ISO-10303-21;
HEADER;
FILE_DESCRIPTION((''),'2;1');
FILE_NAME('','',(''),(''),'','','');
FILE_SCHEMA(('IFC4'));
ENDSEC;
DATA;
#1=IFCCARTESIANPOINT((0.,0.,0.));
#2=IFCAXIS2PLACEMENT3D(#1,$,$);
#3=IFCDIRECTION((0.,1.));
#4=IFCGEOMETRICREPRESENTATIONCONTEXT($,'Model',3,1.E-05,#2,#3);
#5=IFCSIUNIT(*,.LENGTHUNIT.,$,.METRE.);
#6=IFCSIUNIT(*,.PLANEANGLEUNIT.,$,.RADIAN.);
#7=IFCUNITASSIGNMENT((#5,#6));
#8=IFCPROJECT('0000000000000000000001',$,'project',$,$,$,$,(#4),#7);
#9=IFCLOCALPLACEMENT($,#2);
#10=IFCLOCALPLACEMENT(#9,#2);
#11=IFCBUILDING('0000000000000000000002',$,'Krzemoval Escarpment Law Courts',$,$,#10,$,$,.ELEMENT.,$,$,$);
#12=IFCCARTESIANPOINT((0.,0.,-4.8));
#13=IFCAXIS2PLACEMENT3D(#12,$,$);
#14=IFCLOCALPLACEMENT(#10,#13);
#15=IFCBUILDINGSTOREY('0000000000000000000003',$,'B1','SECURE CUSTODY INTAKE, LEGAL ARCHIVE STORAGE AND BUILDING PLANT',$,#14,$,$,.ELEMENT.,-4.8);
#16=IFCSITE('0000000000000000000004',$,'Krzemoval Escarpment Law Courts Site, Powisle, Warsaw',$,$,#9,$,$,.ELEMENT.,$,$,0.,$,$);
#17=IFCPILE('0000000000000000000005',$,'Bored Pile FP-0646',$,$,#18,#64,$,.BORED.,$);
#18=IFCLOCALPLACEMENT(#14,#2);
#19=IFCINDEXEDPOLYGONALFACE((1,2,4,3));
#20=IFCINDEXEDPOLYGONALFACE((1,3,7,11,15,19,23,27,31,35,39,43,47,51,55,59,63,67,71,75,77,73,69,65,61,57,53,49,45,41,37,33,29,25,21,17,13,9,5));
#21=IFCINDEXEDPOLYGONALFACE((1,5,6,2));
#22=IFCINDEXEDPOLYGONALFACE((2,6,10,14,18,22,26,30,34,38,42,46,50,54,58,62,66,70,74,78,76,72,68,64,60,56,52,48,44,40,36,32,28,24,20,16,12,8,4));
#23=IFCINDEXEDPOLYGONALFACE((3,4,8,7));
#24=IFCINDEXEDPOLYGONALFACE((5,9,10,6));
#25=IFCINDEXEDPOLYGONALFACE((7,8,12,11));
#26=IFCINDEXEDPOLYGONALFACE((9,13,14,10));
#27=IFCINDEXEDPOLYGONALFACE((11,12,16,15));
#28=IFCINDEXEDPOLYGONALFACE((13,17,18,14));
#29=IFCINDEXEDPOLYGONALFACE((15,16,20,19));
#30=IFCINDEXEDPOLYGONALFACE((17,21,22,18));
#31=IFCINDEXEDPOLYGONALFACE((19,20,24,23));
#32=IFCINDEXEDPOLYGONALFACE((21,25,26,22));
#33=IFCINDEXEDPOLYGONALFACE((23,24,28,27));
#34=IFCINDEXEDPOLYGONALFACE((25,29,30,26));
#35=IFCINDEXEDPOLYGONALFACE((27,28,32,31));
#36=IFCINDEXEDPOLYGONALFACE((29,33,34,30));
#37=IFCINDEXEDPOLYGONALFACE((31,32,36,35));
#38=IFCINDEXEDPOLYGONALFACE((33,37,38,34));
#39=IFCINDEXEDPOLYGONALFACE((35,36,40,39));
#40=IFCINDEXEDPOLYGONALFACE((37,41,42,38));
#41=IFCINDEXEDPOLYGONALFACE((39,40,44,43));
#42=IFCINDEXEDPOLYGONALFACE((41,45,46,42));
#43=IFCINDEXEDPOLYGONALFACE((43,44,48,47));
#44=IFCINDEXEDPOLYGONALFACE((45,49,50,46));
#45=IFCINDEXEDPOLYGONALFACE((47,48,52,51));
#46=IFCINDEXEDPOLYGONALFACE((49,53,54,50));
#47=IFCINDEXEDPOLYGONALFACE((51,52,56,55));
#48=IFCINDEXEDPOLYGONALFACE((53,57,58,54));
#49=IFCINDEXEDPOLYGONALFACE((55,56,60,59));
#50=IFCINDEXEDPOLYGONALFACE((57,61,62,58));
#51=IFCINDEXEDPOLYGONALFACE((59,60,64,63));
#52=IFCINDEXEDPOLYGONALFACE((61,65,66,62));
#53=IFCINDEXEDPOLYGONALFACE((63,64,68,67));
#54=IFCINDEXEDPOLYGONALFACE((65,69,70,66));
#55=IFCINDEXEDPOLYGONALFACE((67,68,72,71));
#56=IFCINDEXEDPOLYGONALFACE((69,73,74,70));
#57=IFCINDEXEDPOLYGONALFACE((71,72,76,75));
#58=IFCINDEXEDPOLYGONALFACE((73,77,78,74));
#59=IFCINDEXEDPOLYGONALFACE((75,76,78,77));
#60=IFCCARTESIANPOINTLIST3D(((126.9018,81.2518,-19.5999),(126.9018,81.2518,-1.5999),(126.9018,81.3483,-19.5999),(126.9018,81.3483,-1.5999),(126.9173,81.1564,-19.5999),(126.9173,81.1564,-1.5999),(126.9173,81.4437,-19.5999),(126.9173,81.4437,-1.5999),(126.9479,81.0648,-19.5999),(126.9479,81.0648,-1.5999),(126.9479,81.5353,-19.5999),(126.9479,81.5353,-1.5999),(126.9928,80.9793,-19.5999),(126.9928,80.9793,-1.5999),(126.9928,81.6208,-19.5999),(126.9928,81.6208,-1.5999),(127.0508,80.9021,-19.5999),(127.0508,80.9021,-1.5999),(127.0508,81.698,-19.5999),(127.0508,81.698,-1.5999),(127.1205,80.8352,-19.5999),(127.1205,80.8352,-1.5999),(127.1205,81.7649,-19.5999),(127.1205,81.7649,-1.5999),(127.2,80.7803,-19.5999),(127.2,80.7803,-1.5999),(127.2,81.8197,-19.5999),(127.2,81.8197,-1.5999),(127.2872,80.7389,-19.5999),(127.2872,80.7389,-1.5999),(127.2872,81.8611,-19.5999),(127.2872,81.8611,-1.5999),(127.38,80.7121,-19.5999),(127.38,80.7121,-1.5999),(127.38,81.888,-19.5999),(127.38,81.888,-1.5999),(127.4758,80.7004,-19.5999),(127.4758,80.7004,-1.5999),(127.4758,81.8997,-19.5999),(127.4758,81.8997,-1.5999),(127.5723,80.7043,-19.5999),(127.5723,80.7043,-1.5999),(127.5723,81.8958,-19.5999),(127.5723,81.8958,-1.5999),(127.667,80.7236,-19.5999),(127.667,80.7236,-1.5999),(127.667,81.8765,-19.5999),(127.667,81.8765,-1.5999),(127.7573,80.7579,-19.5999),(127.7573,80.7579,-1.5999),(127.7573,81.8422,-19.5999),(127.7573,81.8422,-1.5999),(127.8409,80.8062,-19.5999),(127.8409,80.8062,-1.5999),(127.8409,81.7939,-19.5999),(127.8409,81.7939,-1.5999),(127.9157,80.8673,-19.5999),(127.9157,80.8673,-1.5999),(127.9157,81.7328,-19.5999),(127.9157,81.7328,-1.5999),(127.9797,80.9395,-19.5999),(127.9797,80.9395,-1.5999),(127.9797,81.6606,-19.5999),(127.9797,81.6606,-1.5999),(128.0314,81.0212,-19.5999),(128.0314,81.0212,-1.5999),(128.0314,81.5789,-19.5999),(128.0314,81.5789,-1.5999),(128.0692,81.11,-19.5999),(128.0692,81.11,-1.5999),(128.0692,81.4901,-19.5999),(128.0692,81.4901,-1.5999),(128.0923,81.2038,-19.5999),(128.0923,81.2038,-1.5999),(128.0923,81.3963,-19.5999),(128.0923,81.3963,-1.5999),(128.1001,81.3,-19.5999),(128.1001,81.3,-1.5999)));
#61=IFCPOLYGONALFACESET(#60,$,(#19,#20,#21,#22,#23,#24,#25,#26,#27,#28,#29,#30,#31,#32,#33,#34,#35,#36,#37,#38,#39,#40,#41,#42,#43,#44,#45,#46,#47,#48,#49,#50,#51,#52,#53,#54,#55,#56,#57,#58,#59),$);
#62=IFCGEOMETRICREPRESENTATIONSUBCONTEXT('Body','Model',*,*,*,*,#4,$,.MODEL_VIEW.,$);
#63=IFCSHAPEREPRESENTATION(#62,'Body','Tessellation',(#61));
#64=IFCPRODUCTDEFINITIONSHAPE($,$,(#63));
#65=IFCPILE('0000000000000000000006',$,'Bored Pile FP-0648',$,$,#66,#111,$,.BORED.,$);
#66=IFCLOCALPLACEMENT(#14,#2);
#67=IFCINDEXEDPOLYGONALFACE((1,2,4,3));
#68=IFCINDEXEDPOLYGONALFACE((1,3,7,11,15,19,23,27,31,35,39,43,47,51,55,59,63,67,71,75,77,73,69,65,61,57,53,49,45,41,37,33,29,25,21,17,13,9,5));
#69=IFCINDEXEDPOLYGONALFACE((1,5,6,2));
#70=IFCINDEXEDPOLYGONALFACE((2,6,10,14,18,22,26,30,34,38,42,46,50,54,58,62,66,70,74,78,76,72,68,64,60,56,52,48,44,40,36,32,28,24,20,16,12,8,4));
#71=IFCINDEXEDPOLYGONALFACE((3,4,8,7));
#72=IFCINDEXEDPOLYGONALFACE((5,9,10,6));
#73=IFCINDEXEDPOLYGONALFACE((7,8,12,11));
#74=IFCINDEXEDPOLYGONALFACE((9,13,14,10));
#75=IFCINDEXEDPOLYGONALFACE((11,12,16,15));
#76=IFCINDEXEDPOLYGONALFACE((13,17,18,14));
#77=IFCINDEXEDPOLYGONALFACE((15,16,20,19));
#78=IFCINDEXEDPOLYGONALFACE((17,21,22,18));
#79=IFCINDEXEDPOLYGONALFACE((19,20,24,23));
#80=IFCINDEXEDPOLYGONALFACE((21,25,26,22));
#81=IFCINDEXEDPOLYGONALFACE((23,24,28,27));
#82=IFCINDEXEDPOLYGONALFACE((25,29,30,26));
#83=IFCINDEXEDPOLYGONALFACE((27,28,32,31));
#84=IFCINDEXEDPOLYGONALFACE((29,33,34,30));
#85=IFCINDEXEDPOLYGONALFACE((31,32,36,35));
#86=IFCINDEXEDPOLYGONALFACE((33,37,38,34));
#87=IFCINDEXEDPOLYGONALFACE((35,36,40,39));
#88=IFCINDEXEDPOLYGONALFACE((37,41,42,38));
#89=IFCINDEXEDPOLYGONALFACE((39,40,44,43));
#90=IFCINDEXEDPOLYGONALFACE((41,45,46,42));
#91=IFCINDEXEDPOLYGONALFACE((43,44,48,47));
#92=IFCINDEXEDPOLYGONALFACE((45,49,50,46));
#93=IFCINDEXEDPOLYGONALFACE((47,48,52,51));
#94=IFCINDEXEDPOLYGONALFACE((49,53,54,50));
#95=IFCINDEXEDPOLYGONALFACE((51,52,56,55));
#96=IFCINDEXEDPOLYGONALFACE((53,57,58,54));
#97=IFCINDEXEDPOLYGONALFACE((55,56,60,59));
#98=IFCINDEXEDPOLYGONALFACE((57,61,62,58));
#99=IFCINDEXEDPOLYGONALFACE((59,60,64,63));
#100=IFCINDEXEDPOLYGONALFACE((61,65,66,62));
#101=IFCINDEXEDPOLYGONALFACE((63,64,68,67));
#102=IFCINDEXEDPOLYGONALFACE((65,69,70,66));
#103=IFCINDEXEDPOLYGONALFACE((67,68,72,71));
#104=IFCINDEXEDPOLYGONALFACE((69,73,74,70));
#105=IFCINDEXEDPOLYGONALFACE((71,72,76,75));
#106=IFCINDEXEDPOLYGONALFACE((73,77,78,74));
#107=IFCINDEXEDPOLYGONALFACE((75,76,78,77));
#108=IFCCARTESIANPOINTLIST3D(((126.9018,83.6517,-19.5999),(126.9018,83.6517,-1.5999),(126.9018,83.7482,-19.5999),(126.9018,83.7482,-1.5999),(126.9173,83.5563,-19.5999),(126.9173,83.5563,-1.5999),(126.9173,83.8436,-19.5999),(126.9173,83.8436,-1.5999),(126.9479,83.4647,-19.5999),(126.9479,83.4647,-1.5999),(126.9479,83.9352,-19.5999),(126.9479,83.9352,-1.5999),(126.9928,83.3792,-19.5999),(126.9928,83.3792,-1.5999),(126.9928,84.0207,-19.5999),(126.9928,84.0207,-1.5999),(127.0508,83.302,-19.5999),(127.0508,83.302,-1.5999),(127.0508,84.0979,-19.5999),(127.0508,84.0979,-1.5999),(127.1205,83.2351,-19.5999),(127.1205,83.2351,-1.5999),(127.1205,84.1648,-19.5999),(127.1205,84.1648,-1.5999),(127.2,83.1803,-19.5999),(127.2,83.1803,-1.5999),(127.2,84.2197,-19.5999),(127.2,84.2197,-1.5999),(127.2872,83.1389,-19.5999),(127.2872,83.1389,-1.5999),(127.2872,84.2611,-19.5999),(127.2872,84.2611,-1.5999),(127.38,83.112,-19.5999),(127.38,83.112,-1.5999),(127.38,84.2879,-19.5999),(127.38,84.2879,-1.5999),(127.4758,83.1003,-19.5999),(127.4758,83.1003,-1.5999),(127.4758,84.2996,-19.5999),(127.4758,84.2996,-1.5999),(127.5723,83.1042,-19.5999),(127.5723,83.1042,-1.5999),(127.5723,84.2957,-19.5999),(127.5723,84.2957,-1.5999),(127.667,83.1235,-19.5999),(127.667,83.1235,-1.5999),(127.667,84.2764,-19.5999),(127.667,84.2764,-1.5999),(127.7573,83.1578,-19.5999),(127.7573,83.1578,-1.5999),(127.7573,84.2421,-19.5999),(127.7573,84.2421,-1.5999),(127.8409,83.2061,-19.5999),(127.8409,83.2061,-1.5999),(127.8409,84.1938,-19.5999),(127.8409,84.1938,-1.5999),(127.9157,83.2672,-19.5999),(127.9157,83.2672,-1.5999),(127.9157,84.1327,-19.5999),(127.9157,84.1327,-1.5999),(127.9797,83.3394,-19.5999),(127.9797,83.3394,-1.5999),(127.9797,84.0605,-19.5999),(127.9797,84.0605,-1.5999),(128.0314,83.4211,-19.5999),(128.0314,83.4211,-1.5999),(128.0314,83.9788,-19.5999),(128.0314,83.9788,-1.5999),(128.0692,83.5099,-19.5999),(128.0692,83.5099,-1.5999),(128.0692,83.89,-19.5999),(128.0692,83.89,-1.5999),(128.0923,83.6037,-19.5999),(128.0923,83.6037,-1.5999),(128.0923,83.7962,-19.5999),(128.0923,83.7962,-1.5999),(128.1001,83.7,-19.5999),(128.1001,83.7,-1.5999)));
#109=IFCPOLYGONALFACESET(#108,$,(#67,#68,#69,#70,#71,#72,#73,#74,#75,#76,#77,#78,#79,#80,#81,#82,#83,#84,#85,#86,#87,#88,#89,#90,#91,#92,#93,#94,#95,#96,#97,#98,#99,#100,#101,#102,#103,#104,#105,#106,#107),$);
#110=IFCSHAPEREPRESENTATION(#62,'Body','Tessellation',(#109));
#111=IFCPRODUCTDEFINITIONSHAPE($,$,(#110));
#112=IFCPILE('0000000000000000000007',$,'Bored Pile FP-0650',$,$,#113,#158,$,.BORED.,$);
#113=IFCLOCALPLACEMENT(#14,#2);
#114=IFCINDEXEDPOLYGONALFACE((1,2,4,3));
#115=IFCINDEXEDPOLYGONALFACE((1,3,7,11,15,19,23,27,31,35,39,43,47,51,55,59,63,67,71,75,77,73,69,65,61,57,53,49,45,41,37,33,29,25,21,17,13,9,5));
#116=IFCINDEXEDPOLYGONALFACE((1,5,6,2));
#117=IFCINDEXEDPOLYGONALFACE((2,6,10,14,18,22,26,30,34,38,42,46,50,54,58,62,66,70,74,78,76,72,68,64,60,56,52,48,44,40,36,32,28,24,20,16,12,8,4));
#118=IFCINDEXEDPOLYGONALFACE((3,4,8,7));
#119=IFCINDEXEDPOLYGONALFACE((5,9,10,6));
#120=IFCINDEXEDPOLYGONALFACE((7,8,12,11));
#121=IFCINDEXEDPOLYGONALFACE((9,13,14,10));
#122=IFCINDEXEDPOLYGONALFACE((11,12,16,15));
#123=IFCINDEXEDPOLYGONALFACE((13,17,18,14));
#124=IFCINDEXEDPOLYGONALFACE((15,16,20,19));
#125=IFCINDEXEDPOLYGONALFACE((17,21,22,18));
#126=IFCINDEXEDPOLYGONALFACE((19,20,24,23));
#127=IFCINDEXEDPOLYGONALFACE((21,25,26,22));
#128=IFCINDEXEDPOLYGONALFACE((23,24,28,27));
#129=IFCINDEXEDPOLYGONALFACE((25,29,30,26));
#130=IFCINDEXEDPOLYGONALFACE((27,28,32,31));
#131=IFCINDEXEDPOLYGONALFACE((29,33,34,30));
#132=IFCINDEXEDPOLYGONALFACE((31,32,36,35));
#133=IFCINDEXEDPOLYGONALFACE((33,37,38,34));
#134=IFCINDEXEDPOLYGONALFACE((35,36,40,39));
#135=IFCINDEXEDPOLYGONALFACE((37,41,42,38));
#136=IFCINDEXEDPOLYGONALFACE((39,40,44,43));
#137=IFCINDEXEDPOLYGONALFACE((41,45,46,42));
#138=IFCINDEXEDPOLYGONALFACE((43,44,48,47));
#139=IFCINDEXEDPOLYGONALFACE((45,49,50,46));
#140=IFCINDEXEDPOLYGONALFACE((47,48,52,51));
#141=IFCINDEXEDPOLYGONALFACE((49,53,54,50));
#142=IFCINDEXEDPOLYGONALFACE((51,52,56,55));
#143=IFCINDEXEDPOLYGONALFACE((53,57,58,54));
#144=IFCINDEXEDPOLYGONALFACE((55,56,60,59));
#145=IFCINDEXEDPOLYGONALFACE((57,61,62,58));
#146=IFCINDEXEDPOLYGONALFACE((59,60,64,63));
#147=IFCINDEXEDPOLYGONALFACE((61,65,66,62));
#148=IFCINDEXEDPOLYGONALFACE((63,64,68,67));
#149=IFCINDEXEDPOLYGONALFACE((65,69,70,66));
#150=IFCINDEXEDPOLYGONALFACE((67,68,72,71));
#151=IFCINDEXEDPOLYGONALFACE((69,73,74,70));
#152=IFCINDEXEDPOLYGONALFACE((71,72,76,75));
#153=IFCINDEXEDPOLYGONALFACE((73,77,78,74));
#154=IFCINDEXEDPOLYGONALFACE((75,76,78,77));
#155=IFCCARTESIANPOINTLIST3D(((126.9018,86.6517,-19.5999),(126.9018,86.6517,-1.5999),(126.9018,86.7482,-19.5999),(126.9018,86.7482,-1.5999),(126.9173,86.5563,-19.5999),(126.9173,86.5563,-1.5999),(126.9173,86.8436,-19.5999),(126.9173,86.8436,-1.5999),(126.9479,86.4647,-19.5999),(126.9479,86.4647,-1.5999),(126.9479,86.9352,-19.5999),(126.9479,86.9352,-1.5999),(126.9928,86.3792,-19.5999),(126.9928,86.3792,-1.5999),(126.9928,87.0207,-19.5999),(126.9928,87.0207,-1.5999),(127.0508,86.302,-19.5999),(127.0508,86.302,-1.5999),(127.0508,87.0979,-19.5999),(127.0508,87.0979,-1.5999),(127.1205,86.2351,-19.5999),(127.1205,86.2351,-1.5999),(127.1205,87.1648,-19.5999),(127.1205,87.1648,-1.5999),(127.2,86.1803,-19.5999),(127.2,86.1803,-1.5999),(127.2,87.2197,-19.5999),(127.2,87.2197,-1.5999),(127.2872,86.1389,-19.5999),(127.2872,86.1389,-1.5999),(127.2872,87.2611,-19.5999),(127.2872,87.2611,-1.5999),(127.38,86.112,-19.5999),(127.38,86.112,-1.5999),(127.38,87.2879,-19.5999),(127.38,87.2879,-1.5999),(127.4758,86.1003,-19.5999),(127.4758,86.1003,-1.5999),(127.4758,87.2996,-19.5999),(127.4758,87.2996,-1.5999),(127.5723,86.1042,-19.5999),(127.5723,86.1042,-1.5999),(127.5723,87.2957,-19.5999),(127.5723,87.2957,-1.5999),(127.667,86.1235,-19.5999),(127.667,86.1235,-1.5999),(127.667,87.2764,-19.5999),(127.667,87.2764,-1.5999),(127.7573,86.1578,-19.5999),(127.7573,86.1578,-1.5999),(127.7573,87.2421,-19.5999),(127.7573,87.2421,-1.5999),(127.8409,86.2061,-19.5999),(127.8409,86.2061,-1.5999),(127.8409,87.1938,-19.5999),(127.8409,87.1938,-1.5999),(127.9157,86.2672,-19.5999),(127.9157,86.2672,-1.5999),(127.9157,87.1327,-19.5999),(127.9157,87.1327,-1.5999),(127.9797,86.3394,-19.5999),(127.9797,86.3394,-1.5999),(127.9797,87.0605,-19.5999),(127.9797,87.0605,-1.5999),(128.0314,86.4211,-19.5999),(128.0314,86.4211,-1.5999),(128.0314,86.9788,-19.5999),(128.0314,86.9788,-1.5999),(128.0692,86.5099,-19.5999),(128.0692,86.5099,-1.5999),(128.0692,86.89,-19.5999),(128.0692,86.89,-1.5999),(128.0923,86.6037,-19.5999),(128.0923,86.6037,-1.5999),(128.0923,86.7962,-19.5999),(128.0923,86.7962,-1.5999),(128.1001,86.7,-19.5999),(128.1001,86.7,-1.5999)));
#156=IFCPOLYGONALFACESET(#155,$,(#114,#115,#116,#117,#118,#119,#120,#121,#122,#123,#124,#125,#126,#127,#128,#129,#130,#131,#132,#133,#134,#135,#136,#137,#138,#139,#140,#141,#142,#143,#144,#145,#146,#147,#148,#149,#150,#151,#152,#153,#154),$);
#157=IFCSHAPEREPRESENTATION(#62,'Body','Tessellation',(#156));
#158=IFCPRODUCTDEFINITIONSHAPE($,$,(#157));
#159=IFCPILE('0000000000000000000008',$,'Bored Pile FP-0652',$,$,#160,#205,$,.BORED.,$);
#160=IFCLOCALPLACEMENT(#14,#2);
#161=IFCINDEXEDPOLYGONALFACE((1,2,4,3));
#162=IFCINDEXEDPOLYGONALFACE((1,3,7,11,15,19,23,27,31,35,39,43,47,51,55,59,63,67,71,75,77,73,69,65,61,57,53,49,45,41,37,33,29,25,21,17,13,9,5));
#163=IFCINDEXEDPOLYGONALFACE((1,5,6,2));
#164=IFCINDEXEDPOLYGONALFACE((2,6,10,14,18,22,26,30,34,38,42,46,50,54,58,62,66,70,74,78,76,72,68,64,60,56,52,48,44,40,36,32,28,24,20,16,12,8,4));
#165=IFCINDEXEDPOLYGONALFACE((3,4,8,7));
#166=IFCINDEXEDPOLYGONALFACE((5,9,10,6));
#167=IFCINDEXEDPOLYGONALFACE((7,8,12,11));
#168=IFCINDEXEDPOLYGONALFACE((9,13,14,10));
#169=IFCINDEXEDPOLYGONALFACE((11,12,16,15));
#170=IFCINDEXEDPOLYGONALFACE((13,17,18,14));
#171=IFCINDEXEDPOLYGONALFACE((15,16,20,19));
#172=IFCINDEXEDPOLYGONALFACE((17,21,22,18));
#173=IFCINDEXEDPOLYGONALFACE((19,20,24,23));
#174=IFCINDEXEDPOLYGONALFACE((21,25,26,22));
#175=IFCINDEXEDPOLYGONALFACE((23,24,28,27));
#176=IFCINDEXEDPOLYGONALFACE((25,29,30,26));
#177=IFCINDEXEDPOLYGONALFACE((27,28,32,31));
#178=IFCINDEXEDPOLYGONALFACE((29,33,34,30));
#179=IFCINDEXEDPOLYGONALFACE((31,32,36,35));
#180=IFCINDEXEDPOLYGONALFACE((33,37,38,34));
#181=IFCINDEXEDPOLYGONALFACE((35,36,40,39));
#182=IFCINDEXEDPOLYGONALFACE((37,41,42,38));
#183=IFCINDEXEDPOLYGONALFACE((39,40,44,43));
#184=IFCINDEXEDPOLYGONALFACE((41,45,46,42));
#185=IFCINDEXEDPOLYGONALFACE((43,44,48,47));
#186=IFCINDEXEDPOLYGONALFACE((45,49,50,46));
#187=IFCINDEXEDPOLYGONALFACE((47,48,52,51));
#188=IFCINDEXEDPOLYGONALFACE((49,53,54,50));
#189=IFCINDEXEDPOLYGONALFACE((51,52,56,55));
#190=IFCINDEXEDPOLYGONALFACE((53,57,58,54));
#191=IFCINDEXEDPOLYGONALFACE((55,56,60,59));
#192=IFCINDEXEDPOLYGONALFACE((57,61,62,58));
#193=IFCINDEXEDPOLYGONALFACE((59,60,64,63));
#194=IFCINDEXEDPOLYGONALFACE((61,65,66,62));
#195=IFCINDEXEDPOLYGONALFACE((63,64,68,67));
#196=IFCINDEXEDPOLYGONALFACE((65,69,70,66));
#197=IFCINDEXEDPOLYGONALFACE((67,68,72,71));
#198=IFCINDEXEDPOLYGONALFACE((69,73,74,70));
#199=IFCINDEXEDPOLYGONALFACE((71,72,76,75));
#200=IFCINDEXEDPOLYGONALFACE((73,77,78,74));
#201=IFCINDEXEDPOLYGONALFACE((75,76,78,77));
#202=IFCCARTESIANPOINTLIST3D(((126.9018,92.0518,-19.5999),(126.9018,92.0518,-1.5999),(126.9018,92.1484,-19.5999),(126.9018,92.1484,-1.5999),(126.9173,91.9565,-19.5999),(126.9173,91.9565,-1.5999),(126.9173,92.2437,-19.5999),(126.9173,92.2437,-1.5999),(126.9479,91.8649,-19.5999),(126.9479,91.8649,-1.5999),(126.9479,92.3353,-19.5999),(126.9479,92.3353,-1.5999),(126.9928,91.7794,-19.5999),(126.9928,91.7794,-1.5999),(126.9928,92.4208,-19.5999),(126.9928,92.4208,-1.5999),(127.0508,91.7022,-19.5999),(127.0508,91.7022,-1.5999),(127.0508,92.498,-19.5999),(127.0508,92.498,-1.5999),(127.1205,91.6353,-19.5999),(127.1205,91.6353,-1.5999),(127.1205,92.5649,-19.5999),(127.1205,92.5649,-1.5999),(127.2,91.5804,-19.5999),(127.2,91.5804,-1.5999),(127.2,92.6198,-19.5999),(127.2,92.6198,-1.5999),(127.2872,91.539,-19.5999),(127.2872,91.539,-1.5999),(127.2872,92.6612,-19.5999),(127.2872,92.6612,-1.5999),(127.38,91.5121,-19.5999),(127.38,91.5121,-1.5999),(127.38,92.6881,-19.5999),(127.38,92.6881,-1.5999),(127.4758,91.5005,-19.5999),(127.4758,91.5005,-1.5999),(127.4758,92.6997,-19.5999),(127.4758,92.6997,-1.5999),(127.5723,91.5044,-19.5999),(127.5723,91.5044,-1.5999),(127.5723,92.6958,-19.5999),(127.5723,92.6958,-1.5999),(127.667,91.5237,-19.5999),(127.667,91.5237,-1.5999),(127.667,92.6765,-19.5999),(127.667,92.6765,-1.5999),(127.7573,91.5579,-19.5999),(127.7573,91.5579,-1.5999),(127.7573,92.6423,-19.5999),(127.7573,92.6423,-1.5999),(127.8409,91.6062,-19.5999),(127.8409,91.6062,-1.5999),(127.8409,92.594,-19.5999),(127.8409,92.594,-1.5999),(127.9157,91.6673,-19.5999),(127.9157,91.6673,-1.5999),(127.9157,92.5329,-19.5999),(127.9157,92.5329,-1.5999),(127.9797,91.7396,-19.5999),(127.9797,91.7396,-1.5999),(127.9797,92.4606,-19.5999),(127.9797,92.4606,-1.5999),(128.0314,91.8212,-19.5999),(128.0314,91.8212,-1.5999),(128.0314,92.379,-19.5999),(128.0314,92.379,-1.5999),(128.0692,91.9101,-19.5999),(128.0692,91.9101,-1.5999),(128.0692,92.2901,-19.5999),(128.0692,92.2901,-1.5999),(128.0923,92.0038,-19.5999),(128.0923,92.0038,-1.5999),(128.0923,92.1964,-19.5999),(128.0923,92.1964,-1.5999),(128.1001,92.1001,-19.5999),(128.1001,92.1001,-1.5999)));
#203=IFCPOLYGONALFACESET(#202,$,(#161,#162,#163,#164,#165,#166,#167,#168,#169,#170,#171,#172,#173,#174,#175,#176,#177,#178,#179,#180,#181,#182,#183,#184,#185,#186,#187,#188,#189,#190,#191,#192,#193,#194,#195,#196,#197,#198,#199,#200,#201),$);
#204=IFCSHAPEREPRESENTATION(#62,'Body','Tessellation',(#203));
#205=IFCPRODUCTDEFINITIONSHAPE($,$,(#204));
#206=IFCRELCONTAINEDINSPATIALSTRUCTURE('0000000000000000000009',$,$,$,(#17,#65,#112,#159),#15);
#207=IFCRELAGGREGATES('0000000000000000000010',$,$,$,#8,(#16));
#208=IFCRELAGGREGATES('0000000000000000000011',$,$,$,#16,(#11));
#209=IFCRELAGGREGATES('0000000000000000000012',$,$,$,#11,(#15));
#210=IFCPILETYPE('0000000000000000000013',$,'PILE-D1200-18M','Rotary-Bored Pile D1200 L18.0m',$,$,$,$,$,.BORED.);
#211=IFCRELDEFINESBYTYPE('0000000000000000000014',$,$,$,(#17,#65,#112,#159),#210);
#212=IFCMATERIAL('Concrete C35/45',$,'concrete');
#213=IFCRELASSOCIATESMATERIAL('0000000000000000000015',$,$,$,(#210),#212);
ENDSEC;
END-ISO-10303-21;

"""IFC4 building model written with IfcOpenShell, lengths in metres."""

from ifc_helpers import new_model, si_unit, direction, frame, origin, origin_2d, place, context, subcontext, project, spatial, circle, extrude, material, material_profile, profile_set, type_object, element, save


model = new_model("IFC4")

# Units and contexts
model_context = context("Model", 3, precision=1e-05, world=origin(), true_north=direction((0.0, 1.0)))
body_context = subcontext(model_context, "Body", "Model", "MODEL_VIEW")
ifc_project = project(units=[si_unit("LENGTHUNIT", "METRE"), si_unit("PLANEANGLEUNIT", "RADIAN")], contexts=[model_context])

# Site, building, storey
site_placement = place(None, origin())
site = spatial("IfcSite", under=ifc_project, at=site_placement, Name="Krzemoval Escarpment Law Courts Site, Powisle, Warsaw", CompositionType="ELEMENT", RefElevation=0.0)
building_placement = place(site_placement, origin())
building = spatial("IfcBuilding", under=site, at=building_placement, Name="Krzemoval Escarpment Law Courts", CompositionType="ELEMENT")
storey_placement = place(building_placement, frame((0.0, 0.0, -4.8)))
storey = spatial("IfcBuildingStorey", under=building, at=storey_placement, Name="B1", Description="SECURE CUSTODY INTAKE, LEGAL ARCHIVE STORAGE AND BUILDING PLANT", CompositionType="ELEMENT", Elevation=-4.8)

# Piles
ifc_material_1 = material(Name="Concrete C35/45", Category="concrete")
ifc_material_profile_1 = material_profile(ifc_material_1, circle(Radius=0.6001, at=origin_2d()), Name="PILE D1200")
ifc_profile_set_1 = profile_set([ifc_material_profile_1], Name="Concrete C35/45")
pile_type = type_object("IfcPileType", Name="PILE-D1200-18M", Description="Rotary-Bored Pile D1200 L18.0m", PredefinedType="BORED", material=ifc_profile_set_1)
for number, where, z_axis, x_axis, name in (
    (1, (127.5, 81.3, -1.5999), (0.0, 0.0, -1.0), (1.0, 0.0, 0.0), "Bored Pile FP-0646"),
    (2, (127.5, 83.7, -1.5999), (0.0, 0.0, -1.0), (1.0, 0.0, 0.0), "Bored Pile FP-0648"),
    (3, (127.5, 86.7, -1.5999), (0.0, 0.0, -1.0), (1.0, 0.0, 0.0), "Bored Pile FP-0650"),
    (4, (127.5, 92.1001, -1.5999), (0.0, 0.0, -1.0), (1.0, 0.0, 0.0), "Bored Pile FP-0652"),
):
    element("IfcPile", number, at=place(storey_placement, frame(where, z_axis=z_axis, x_axis=x_axis)), inside=storey, type_object=pile_type, Name=name, PredefinedType="BORED", context=body_context, shape_type="SweptSolid", body=[
        extrude(circle(Radius=0.6001, at=origin_2d()), origin(), (0.0, 0.0, 1.0), 18.0),
    ])

save(model, "model.ifc")
